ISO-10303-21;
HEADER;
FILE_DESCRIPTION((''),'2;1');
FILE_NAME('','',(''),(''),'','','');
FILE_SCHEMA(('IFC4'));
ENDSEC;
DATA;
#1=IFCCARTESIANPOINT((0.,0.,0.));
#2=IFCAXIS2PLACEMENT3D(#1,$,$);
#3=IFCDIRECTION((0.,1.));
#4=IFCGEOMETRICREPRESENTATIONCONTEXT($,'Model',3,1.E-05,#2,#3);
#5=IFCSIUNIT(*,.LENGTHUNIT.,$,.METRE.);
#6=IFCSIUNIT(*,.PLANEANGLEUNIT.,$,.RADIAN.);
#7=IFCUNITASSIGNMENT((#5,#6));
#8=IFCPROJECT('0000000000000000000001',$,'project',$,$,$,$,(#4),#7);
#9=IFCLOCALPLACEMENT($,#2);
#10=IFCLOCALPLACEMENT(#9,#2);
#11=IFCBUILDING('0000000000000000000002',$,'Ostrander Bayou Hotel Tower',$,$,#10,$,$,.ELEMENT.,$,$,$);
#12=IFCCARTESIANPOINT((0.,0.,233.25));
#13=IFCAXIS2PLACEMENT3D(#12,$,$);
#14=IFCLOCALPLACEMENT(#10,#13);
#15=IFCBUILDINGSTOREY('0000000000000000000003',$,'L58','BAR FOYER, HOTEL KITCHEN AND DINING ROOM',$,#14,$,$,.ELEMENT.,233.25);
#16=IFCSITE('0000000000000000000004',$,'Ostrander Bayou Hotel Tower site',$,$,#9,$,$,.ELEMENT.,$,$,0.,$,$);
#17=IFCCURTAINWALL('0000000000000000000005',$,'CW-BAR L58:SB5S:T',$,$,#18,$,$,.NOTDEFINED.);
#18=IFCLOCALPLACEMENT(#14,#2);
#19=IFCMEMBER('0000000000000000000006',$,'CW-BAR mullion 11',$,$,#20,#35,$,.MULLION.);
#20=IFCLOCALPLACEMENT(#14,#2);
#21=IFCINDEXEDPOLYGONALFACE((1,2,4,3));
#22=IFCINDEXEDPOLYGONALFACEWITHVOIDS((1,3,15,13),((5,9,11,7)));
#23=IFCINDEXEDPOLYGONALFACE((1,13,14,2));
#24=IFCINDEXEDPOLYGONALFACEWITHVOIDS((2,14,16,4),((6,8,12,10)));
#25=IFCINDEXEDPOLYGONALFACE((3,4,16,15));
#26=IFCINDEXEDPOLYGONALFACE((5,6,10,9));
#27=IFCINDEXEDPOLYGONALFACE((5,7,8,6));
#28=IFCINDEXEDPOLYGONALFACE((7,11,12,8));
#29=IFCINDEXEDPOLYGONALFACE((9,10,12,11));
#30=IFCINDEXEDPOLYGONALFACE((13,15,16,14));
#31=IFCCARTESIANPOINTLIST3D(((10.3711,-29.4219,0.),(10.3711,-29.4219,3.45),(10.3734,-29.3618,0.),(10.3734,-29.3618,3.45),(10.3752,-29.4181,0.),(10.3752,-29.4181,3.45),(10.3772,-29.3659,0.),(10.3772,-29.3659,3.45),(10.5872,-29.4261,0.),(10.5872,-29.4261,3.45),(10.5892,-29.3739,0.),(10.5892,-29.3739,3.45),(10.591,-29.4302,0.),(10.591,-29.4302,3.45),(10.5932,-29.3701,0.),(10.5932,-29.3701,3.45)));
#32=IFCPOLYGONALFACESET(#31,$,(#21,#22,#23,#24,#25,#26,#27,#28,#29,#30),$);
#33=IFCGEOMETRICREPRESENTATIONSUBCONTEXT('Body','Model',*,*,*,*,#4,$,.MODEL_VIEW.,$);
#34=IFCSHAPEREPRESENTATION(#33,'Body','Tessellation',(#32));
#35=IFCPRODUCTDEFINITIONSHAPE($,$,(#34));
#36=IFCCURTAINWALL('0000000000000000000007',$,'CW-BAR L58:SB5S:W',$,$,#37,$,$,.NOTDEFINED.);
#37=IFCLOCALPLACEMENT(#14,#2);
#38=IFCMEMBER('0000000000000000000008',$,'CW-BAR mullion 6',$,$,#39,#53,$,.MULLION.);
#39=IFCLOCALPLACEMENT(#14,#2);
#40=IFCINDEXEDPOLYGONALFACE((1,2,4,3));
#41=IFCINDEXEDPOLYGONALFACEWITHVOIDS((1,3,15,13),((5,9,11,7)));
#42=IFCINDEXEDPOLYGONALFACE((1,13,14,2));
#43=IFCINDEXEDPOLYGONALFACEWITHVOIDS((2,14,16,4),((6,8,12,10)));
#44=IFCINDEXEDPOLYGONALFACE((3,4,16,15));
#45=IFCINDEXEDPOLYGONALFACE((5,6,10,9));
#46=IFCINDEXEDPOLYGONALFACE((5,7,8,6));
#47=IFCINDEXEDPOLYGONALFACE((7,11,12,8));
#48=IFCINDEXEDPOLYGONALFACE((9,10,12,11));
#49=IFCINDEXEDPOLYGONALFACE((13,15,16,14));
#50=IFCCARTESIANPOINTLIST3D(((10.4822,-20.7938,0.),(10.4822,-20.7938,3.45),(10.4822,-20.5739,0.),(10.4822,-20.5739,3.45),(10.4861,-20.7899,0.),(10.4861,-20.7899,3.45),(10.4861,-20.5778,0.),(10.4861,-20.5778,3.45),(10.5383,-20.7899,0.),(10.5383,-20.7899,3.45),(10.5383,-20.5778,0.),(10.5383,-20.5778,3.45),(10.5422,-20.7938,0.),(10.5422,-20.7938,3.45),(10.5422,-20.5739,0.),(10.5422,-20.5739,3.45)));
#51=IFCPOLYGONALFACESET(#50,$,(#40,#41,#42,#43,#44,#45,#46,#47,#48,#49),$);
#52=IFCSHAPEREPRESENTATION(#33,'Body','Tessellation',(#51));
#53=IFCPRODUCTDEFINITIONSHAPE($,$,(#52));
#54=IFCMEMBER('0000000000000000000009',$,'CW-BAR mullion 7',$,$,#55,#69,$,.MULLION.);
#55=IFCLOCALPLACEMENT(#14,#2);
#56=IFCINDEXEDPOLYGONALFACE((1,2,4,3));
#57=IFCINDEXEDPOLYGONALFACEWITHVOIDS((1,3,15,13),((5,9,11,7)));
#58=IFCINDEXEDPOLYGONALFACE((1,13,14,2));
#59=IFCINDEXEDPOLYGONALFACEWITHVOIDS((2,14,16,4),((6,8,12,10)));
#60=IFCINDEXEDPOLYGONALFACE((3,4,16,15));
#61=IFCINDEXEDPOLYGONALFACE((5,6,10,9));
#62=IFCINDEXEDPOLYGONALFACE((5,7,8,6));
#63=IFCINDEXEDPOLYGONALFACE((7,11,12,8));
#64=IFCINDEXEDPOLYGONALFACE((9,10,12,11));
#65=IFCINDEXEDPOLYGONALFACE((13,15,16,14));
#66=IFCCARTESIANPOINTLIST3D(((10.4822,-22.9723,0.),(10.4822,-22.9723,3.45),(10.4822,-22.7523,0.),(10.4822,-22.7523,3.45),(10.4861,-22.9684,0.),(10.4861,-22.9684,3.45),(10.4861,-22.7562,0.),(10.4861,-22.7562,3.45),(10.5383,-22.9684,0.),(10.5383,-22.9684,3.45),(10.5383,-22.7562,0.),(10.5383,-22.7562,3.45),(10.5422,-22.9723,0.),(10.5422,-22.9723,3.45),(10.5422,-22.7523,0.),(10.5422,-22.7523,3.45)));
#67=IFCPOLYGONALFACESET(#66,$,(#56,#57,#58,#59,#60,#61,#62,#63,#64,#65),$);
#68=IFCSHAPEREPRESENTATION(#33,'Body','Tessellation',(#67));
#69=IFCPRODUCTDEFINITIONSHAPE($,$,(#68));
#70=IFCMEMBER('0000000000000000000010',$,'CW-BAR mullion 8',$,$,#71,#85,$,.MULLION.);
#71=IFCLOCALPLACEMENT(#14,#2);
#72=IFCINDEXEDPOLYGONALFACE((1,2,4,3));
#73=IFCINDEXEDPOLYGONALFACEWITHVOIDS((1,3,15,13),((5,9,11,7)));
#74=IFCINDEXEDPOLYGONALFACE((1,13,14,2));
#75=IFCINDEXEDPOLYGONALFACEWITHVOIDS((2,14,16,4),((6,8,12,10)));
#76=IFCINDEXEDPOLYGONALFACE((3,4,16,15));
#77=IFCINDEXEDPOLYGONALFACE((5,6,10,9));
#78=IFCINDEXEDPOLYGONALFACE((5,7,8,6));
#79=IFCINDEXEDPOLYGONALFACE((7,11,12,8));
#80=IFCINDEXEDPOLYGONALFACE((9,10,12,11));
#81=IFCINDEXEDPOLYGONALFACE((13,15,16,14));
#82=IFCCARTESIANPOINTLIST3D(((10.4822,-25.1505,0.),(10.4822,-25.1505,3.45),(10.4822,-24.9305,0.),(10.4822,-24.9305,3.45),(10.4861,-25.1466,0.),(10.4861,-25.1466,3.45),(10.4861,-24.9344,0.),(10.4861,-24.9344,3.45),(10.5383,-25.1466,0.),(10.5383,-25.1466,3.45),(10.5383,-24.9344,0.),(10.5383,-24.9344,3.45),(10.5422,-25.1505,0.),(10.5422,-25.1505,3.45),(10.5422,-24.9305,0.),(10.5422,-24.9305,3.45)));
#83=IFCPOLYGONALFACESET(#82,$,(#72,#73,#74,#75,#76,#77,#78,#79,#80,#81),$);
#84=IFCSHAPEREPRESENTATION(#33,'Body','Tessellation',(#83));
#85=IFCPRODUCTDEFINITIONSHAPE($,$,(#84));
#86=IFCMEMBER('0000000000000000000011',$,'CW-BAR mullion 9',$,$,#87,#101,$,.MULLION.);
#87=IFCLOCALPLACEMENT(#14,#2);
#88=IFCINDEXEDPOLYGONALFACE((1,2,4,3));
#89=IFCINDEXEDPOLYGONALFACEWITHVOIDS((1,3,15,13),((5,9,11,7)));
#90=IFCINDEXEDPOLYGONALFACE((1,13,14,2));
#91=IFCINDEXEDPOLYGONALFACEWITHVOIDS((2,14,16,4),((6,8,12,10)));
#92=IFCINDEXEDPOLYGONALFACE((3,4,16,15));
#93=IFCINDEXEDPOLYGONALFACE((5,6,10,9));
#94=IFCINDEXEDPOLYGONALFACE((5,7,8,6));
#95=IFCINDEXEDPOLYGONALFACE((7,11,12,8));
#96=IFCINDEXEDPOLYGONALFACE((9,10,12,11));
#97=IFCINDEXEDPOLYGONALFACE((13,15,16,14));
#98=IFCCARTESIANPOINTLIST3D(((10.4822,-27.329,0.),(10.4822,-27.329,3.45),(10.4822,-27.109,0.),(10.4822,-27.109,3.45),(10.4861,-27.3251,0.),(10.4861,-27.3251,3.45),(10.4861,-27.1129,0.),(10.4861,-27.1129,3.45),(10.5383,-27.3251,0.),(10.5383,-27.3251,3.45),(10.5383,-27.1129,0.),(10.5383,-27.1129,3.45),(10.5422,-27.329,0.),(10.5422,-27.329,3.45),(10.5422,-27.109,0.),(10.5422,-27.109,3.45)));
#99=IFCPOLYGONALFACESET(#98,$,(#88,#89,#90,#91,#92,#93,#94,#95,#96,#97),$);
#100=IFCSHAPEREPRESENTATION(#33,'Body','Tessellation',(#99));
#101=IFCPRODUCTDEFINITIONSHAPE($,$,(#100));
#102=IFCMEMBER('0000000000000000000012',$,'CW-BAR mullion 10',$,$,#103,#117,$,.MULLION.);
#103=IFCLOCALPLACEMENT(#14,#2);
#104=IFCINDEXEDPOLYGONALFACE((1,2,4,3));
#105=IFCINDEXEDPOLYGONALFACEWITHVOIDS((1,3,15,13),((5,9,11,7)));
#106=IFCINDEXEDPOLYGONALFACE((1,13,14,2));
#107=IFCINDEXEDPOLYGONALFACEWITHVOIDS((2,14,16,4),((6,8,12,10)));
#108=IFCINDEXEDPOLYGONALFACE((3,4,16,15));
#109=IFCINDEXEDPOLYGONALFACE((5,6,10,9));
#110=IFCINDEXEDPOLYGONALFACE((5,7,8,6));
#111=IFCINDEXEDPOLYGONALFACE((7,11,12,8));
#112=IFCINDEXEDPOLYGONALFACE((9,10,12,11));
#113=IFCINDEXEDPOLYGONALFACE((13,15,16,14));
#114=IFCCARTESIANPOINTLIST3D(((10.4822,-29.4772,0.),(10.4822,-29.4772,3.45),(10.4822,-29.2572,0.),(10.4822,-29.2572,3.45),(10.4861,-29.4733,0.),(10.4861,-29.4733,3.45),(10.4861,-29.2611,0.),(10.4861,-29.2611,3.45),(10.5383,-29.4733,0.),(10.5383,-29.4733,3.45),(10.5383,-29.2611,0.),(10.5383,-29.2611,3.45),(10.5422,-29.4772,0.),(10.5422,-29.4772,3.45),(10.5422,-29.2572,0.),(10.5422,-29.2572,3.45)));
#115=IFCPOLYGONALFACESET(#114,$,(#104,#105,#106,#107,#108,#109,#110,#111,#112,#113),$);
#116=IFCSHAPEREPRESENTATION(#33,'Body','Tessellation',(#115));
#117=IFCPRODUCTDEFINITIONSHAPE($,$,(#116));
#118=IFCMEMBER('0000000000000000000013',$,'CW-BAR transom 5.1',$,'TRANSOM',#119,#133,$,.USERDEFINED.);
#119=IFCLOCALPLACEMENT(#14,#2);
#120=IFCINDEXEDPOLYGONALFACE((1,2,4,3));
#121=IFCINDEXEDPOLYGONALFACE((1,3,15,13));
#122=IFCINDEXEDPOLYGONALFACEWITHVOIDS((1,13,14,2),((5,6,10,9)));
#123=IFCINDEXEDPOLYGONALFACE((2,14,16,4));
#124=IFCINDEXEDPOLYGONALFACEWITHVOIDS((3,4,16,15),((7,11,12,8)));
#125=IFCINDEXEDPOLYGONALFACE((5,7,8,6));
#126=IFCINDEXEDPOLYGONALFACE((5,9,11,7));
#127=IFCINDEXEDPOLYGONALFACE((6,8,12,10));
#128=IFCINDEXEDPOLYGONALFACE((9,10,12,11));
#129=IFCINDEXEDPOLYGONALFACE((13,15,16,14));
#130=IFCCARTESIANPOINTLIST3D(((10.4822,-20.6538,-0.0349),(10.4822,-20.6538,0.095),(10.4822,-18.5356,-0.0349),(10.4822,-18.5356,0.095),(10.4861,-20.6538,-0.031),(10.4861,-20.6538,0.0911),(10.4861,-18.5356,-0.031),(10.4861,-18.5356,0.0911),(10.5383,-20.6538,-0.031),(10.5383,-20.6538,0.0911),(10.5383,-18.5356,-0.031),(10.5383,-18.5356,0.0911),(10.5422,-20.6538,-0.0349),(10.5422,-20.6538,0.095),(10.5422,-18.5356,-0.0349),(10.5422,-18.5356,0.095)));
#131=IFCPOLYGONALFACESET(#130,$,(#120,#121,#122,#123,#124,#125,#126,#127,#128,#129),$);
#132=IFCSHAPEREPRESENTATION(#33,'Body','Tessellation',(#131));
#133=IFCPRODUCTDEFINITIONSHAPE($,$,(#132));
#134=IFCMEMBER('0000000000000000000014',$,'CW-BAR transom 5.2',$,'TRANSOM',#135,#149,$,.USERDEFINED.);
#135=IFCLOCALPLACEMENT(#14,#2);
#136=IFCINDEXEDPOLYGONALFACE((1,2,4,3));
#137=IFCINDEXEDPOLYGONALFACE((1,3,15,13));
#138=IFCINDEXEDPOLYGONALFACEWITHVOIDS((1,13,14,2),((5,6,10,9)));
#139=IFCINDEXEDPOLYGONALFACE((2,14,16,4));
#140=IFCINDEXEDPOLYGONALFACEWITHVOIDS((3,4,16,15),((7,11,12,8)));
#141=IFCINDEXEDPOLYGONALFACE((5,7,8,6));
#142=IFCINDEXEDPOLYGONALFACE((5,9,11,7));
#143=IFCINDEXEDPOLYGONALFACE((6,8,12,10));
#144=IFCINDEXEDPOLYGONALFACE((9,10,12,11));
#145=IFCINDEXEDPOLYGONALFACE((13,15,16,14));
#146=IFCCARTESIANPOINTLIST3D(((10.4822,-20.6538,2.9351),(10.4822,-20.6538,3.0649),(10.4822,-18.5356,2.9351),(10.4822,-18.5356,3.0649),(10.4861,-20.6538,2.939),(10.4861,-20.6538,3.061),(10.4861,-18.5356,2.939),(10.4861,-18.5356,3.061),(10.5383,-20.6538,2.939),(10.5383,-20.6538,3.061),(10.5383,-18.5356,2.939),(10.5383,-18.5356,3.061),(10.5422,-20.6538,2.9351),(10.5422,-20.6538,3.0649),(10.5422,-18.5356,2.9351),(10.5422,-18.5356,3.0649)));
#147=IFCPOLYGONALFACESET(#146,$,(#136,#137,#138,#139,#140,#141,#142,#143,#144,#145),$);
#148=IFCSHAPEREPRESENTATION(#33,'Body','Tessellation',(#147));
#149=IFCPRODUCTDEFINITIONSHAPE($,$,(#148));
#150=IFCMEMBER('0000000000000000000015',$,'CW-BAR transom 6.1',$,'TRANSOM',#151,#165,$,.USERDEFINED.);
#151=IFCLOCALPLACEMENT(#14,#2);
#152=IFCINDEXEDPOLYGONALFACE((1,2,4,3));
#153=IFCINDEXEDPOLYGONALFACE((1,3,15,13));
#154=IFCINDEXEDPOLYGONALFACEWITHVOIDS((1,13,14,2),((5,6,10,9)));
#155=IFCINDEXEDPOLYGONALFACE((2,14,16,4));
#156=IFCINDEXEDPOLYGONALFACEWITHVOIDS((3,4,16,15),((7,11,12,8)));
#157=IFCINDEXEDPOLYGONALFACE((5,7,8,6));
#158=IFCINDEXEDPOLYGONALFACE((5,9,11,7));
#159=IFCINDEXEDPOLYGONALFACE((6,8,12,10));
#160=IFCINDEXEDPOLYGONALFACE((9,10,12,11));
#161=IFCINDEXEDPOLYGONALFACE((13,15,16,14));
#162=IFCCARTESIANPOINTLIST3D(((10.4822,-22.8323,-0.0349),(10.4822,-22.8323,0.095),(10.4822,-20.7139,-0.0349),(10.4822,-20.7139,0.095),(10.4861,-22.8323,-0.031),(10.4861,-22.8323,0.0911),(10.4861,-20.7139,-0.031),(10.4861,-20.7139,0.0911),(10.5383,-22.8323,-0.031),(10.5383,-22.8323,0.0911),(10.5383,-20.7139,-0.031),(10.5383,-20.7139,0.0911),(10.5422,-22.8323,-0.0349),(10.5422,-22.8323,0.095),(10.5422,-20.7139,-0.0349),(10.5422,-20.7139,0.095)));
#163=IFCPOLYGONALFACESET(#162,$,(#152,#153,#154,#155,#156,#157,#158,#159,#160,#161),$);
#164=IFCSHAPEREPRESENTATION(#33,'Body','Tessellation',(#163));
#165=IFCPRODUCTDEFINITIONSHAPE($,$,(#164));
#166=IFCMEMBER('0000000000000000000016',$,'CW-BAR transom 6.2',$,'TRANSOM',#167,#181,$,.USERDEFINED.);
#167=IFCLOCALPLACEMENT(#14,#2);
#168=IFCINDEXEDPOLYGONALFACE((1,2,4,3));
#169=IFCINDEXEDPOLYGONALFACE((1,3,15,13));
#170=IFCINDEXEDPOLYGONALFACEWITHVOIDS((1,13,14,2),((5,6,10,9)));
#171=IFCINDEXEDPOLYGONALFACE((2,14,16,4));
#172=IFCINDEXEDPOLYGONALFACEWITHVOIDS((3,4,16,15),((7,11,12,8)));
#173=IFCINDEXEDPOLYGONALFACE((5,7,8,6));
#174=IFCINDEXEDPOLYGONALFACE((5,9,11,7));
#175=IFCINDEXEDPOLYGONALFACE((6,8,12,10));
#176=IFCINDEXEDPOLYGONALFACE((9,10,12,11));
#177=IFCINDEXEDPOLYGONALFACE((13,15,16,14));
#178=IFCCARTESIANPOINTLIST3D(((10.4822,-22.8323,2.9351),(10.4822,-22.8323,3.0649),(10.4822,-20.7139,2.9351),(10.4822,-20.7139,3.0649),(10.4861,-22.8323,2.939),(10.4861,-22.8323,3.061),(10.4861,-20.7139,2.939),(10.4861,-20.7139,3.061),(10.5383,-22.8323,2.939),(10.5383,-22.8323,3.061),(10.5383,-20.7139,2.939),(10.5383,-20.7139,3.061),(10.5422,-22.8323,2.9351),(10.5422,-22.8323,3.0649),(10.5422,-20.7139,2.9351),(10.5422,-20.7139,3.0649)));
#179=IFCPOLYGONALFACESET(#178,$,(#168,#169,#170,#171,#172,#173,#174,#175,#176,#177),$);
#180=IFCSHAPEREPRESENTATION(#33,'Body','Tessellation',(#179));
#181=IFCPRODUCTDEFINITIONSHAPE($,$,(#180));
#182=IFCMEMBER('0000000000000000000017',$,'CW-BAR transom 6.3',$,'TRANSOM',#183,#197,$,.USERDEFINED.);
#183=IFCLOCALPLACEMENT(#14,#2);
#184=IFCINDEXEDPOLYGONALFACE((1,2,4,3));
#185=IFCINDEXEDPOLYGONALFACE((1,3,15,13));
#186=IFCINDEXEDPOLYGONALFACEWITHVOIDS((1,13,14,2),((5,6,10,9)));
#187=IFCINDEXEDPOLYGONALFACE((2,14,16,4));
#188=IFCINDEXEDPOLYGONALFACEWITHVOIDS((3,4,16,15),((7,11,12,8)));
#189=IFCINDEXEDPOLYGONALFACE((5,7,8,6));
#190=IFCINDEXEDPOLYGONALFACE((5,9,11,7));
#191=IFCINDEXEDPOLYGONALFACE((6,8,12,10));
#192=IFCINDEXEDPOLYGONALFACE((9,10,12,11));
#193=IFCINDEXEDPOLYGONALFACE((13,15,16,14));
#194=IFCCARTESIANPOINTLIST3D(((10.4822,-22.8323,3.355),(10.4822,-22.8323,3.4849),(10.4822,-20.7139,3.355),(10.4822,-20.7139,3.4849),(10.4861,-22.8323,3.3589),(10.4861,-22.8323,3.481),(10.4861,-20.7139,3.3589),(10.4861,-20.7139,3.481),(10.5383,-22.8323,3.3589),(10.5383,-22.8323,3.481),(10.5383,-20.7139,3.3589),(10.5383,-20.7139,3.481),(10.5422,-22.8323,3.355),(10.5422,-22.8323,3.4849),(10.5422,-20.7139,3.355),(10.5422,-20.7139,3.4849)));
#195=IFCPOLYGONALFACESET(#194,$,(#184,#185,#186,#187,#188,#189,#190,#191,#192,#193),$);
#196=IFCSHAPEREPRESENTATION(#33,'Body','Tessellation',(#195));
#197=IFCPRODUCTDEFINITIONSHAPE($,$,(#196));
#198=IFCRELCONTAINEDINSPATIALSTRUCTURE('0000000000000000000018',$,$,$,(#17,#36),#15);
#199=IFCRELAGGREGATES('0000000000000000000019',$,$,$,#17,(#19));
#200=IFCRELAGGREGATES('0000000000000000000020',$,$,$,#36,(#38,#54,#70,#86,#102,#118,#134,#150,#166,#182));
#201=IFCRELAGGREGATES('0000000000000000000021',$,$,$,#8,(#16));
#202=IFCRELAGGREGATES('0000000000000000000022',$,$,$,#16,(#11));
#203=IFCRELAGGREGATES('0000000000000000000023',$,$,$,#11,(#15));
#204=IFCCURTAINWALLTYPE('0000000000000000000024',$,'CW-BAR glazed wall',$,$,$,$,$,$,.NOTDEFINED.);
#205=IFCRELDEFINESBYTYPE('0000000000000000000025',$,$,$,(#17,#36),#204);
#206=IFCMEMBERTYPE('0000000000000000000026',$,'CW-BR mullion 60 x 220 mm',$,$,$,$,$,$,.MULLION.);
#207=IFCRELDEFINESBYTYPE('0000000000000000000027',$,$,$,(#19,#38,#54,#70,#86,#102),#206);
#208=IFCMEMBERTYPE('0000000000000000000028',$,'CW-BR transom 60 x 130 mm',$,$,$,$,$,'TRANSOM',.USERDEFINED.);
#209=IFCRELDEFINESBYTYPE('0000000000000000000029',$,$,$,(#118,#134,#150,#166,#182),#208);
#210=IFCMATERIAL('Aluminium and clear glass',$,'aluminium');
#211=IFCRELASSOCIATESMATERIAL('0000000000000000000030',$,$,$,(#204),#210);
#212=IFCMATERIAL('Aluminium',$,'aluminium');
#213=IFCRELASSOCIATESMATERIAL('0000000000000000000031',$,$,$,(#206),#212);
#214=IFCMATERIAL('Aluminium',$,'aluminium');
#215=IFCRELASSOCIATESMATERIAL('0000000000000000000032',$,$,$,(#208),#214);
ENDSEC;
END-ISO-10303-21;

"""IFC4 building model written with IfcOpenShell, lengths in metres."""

from ifc_helpers import new_model, si_unit, direction, frame, origin, origin_2d, place, context, subcontext, project, spatial, hollow_rectangle, extrude, material, material_profile, profile_set, type_object, element, aggregate, save


model = new_model("IFC4")

# Units and contexts
model_context = context("Model", 3, precision=1e-05, world=origin(), true_north=direction((0.0, 1.0)))
body_context = subcontext(model_context, "Body", "Model", "MODEL_VIEW")
ifc_project = project(units=[si_unit("LENGTHUNIT", "METRE"), si_unit("PLANEANGLEUNIT", "RADIAN")], contexts=[model_context])

# Site, building, storey
site_placement = place(None, origin())
site = spatial("IfcSite", under=ifc_project, at=site_placement, Name="Ostrander Bayou Hotel Tower site", CompositionType="ELEMENT", RefElevation=0.0)
building_placement = place(site_placement, origin())
building = spatial("IfcBuilding", under=site, at=building_placement, Name="Ostrander Bayou Hotel Tower", CompositionType="ELEMENT")
storey_placement = place(building_placement, frame((0.0, 0.0, 233.25)))
storey = spatial("IfcBuildingStorey", under=building, at=storey_placement, Name="L58", Description="BAR FOYER, HOTEL KITCHEN AND DINING ROOM", CompositionType="ELEMENT", Elevation=233.25)

# Curtain wall, member
ifc_material_1 = material(Name="Aluminium and clear glass", Category="aluminium")
curtain_wall_type = type_object("IfcCurtainWallType", Name="CW-BAR glazed wall", PredefinedType="NOTDEFINED", material=ifc_material_1)
curtain_wall_1_placement = place(storey_placement, origin())
curtain_wall_1 = element("IfcCurtainWall", 1, at=curtain_wall_1_placement, inside=storey, type_object=curtain_wall_type, Name="CW-BAR L58:SB5S:T", PredefinedType="NOTDEFINED")
ifc_material_2 = material(Name="Aluminium", Category="aluminium")
ifc_material_profile_1 = material_profile(ifc_material_2, hollow_rectangle(XDim=0.0601, YDim=0.22, WallThickness=0.0039, at=origin_2d()))
ifc_profile_set_1 = profile_set([ifc_material_profile_1], Name="Aluminium")
member_type_1 = type_object("IfcMemberType", Name="CW-BR mullion 60 x 220 mm", PredefinedType="MULLION", material=ifc_profile_set_1)
member_1_placement = place(storey_placement, frame((10.4822, -29.396, 0.0), z_axis=(0.0, 0.0, 1.0), x_axis=(0.037758, 0.999287, 0.0)))
member_1 = element("IfcMember", 2, at=member_1_placement, type_object=member_type_1, Name="CW-BAR mullion 11", PredefinedType="MULLION", context=body_context, shape_type="SweptSolid", body=[
    extrude(hollow_rectangle(XDim=0.0601, YDim=0.22, WallThickness=0.0039, at=origin_2d()), origin(), (0.0, 0.0, 1.0), 3.45),
])

# Curtain wall, members
curtain_wall_2_placement = place(storey_placement, origin())
curtain_wall_2 = element("IfcCurtainWall", 3, at=curtain_wall_2_placement, inside=storey, type_object=curtain_wall_type, Name="CW-BAR L58:SB5S:W", PredefinedType="NOTDEFINED")
member_2_placement = place(storey_placement, frame((10.5122, -20.6838, 0.0), z_axis=(0.0, 0.0, 1.0), x_axis=(1.0, 0.0, 0.0)))
member_2 = element("IfcMember", 4, at=member_2_placement, type_object=member_type_1, Name="CW-BAR mullion 6", PredefinedType="MULLION", context=body_context, shape_type="SweptSolid", body=[
    extrude(hollow_rectangle(XDim=0.0601, YDim=0.22, WallThickness=0.0039, at=origin_2d()), origin(), (0.0, 0.0, 1.0), 3.45),
])
member_3_placement = place(storey_placement, frame((10.5122, -22.8623, 0.0), z_axis=(0.0, 0.0, 1.0), x_axis=(1.0, 0.0, 0.0)))
member_3 = element("IfcMember", 5, at=member_3_placement, type_object=member_type_1, Name="CW-BAR mullion 7", PredefinedType="MULLION", context=body_context, shape_type="SweptSolid", body=[
    extrude(hollow_rectangle(XDim=0.0601, YDim=0.22, WallThickness=0.0039, at=origin_2d()), origin(), (0.0, 0.0, 1.0), 3.45),
])
member_4_placement = place(storey_placement, frame((10.5122, -25.0405, 0.0), z_axis=(0.0, 0.0, 1.0), x_axis=(1.0, 0.0, 0.0)))
member_4 = element("IfcMember", 6, at=member_4_placement, type_object=member_type_1, Name="CW-BAR mullion 8", PredefinedType="MULLION", context=body_context, shape_type="SweptSolid", body=[
    extrude(hollow_rectangle(XDim=0.0601, YDim=0.22, WallThickness=0.0039, at=origin_2d()), origin(), (0.0, 0.0, 1.0), 3.45),
])
member_5_placement = place(storey_placement, frame((10.5122, -27.219, 0.0), z_axis=(0.0, 0.0, 1.0), x_axis=(1.0, 0.0, 0.0)))
member_5 = element("IfcMember", 7, at=member_5_placement, type_object=member_type_1, Name="CW-BAR mullion 9", PredefinedType="MULLION", context=body_context, shape_type="SweptSolid", body=[
    extrude(hollow_rectangle(XDim=0.0601, YDim=0.22, WallThickness=0.0039, at=origin_2d()), origin(), (0.0, 0.0, 1.0), 3.45),
])
member_6_placement = place(storey_placement, frame((10.5122, -29.3672, 0.0), z_axis=(0.0, 0.0, 1.0), x_axis=(1.0, 0.0, 0.0)))
member_6 = element("IfcMember", 8, at=member_6_placement, type_object=member_type_1, Name="CW-BAR mullion 10", PredefinedType="MULLION", context=body_context, shape_type="SweptSolid", body=[
    extrude(hollow_rectangle(XDim=0.0601, YDim=0.22, WallThickness=0.0039, at=origin_2d()), origin(), (0.0, 0.0, 1.0), 3.45),
])
ifc_material_3 = material(Name="Aluminium", Category="aluminium")
ifc_material_profile_2 = material_profile(ifc_material_3, hollow_rectangle(XDim=0.0601, YDim=0.1299, WallThickness=0.0039, at=origin_2d()))
ifc_profile_set_2 = profile_set([ifc_material_profile_2], Name="Aluminium")
member_type_2 = type_object("IfcMemberType", Name="CW-BR transom 60 x 130 mm", ElementType="TRANSOM", PredefinedType="USERDEFINED", material=ifc_profile_set_2)
member_7_placement = place(storey_placement, frame((10.5122, -18.5356, 0.03), z_axis=(0.0, -1.0, 0.0), x_axis=(1.0, 0.0, 0.0)))
member_7 = element("IfcMember", 9, at=member_7_placement, type_object=member_type_2, Name="CW-BAR transom 5.1", ObjectType="TRANSOM", PredefinedType="USERDEFINED", context=body_context, shape_type="SweptSolid", body=[
    extrude(hollow_rectangle(XDim=0.0601, YDim=0.1299, WallThickness=0.0039, at=origin_2d()), origin(), (0.0, 0.0, 1.0), 2.1182),
])
member_8_placement = place(storey_placement, frame((10.5122, -18.5356, 3.0), z_axis=(0.0, -1.0, 0.0), x_axis=(1.0, 0.0, 0.0)))
member_8 = element("IfcMember", 10, at=member_8_placement, type_object=member_type_2, Name="CW-BAR transom 5.2", ObjectType="TRANSOM", PredefinedType="USERDEFINED", context=body_context, shape_type="SweptSolid", body=[
    extrude(hollow_rectangle(XDim=0.0601, YDim=0.1299, WallThickness=0.0039, at=origin_2d()), origin(), (0.0, 0.0, 1.0), 2.1182),
])
member_9_placement = place(storey_placement, frame((10.5122, -20.7139, 0.03), z_axis=(0.0, -1.0, 0.0), x_axis=(1.0, 0.0, 0.0)))
member_9 = element("IfcMember", 11, at=member_9_placement, type_object=member_type_2, Name="CW-BAR transom 6.1", ObjectType="TRANSOM", PredefinedType="USERDEFINED", context=body_context, shape_type="SweptSolid", body=[
    extrude(hollow_rectangle(XDim=0.0601, YDim=0.1299, WallThickness=0.0039, at=origin_2d()), origin(), (0.0, 0.0, 1.0), 2.1184),
])
member_10_placement = place(storey_placement, frame((10.5122, -20.7139, 3.0), z_axis=(0.0, -1.0, 0.0), x_axis=(1.0, 0.0, 0.0)))
member_10 = element("IfcMember", 12, at=member_10_placement, type_object=member_type_2, Name="CW-BAR transom 6.2", ObjectType="TRANSOM", PredefinedType="USERDEFINED", context=body_context, shape_type="SweptSolid", body=[
    extrude(hollow_rectangle(XDim=0.0601, YDim=0.1299, WallThickness=0.0039, at=origin_2d()), origin(), (0.0, 0.0, 1.0), 2.1184),
])
member_11_placement = place(storey_placement, frame((10.5122, -20.7139, 3.4199), z_axis=(0.0, -1.0, 0.0), x_axis=(1.0, 0.0, 0.0)))
member_11 = element("IfcMember", 13, at=member_11_placement, type_object=member_type_2, Name="CW-BAR transom 6.3", ObjectType="TRANSOM", PredefinedType="USERDEFINED", context=body_context, shape_type="SweptSolid", body=[
    extrude(hollow_rectangle(XDim=0.0601, YDim=0.1299, WallThickness=0.0039, at=origin_2d()), origin(), (0.0, 0.0, 1.0), 2.1184),
])

aggregate(curtain_wall_1, [member_1])
aggregate(curtain_wall_2, [member_2, member_3, member_4, member_5, member_6, member_7, member_8, member_9, member_10, member_11])

save(model, "model.ifc")
